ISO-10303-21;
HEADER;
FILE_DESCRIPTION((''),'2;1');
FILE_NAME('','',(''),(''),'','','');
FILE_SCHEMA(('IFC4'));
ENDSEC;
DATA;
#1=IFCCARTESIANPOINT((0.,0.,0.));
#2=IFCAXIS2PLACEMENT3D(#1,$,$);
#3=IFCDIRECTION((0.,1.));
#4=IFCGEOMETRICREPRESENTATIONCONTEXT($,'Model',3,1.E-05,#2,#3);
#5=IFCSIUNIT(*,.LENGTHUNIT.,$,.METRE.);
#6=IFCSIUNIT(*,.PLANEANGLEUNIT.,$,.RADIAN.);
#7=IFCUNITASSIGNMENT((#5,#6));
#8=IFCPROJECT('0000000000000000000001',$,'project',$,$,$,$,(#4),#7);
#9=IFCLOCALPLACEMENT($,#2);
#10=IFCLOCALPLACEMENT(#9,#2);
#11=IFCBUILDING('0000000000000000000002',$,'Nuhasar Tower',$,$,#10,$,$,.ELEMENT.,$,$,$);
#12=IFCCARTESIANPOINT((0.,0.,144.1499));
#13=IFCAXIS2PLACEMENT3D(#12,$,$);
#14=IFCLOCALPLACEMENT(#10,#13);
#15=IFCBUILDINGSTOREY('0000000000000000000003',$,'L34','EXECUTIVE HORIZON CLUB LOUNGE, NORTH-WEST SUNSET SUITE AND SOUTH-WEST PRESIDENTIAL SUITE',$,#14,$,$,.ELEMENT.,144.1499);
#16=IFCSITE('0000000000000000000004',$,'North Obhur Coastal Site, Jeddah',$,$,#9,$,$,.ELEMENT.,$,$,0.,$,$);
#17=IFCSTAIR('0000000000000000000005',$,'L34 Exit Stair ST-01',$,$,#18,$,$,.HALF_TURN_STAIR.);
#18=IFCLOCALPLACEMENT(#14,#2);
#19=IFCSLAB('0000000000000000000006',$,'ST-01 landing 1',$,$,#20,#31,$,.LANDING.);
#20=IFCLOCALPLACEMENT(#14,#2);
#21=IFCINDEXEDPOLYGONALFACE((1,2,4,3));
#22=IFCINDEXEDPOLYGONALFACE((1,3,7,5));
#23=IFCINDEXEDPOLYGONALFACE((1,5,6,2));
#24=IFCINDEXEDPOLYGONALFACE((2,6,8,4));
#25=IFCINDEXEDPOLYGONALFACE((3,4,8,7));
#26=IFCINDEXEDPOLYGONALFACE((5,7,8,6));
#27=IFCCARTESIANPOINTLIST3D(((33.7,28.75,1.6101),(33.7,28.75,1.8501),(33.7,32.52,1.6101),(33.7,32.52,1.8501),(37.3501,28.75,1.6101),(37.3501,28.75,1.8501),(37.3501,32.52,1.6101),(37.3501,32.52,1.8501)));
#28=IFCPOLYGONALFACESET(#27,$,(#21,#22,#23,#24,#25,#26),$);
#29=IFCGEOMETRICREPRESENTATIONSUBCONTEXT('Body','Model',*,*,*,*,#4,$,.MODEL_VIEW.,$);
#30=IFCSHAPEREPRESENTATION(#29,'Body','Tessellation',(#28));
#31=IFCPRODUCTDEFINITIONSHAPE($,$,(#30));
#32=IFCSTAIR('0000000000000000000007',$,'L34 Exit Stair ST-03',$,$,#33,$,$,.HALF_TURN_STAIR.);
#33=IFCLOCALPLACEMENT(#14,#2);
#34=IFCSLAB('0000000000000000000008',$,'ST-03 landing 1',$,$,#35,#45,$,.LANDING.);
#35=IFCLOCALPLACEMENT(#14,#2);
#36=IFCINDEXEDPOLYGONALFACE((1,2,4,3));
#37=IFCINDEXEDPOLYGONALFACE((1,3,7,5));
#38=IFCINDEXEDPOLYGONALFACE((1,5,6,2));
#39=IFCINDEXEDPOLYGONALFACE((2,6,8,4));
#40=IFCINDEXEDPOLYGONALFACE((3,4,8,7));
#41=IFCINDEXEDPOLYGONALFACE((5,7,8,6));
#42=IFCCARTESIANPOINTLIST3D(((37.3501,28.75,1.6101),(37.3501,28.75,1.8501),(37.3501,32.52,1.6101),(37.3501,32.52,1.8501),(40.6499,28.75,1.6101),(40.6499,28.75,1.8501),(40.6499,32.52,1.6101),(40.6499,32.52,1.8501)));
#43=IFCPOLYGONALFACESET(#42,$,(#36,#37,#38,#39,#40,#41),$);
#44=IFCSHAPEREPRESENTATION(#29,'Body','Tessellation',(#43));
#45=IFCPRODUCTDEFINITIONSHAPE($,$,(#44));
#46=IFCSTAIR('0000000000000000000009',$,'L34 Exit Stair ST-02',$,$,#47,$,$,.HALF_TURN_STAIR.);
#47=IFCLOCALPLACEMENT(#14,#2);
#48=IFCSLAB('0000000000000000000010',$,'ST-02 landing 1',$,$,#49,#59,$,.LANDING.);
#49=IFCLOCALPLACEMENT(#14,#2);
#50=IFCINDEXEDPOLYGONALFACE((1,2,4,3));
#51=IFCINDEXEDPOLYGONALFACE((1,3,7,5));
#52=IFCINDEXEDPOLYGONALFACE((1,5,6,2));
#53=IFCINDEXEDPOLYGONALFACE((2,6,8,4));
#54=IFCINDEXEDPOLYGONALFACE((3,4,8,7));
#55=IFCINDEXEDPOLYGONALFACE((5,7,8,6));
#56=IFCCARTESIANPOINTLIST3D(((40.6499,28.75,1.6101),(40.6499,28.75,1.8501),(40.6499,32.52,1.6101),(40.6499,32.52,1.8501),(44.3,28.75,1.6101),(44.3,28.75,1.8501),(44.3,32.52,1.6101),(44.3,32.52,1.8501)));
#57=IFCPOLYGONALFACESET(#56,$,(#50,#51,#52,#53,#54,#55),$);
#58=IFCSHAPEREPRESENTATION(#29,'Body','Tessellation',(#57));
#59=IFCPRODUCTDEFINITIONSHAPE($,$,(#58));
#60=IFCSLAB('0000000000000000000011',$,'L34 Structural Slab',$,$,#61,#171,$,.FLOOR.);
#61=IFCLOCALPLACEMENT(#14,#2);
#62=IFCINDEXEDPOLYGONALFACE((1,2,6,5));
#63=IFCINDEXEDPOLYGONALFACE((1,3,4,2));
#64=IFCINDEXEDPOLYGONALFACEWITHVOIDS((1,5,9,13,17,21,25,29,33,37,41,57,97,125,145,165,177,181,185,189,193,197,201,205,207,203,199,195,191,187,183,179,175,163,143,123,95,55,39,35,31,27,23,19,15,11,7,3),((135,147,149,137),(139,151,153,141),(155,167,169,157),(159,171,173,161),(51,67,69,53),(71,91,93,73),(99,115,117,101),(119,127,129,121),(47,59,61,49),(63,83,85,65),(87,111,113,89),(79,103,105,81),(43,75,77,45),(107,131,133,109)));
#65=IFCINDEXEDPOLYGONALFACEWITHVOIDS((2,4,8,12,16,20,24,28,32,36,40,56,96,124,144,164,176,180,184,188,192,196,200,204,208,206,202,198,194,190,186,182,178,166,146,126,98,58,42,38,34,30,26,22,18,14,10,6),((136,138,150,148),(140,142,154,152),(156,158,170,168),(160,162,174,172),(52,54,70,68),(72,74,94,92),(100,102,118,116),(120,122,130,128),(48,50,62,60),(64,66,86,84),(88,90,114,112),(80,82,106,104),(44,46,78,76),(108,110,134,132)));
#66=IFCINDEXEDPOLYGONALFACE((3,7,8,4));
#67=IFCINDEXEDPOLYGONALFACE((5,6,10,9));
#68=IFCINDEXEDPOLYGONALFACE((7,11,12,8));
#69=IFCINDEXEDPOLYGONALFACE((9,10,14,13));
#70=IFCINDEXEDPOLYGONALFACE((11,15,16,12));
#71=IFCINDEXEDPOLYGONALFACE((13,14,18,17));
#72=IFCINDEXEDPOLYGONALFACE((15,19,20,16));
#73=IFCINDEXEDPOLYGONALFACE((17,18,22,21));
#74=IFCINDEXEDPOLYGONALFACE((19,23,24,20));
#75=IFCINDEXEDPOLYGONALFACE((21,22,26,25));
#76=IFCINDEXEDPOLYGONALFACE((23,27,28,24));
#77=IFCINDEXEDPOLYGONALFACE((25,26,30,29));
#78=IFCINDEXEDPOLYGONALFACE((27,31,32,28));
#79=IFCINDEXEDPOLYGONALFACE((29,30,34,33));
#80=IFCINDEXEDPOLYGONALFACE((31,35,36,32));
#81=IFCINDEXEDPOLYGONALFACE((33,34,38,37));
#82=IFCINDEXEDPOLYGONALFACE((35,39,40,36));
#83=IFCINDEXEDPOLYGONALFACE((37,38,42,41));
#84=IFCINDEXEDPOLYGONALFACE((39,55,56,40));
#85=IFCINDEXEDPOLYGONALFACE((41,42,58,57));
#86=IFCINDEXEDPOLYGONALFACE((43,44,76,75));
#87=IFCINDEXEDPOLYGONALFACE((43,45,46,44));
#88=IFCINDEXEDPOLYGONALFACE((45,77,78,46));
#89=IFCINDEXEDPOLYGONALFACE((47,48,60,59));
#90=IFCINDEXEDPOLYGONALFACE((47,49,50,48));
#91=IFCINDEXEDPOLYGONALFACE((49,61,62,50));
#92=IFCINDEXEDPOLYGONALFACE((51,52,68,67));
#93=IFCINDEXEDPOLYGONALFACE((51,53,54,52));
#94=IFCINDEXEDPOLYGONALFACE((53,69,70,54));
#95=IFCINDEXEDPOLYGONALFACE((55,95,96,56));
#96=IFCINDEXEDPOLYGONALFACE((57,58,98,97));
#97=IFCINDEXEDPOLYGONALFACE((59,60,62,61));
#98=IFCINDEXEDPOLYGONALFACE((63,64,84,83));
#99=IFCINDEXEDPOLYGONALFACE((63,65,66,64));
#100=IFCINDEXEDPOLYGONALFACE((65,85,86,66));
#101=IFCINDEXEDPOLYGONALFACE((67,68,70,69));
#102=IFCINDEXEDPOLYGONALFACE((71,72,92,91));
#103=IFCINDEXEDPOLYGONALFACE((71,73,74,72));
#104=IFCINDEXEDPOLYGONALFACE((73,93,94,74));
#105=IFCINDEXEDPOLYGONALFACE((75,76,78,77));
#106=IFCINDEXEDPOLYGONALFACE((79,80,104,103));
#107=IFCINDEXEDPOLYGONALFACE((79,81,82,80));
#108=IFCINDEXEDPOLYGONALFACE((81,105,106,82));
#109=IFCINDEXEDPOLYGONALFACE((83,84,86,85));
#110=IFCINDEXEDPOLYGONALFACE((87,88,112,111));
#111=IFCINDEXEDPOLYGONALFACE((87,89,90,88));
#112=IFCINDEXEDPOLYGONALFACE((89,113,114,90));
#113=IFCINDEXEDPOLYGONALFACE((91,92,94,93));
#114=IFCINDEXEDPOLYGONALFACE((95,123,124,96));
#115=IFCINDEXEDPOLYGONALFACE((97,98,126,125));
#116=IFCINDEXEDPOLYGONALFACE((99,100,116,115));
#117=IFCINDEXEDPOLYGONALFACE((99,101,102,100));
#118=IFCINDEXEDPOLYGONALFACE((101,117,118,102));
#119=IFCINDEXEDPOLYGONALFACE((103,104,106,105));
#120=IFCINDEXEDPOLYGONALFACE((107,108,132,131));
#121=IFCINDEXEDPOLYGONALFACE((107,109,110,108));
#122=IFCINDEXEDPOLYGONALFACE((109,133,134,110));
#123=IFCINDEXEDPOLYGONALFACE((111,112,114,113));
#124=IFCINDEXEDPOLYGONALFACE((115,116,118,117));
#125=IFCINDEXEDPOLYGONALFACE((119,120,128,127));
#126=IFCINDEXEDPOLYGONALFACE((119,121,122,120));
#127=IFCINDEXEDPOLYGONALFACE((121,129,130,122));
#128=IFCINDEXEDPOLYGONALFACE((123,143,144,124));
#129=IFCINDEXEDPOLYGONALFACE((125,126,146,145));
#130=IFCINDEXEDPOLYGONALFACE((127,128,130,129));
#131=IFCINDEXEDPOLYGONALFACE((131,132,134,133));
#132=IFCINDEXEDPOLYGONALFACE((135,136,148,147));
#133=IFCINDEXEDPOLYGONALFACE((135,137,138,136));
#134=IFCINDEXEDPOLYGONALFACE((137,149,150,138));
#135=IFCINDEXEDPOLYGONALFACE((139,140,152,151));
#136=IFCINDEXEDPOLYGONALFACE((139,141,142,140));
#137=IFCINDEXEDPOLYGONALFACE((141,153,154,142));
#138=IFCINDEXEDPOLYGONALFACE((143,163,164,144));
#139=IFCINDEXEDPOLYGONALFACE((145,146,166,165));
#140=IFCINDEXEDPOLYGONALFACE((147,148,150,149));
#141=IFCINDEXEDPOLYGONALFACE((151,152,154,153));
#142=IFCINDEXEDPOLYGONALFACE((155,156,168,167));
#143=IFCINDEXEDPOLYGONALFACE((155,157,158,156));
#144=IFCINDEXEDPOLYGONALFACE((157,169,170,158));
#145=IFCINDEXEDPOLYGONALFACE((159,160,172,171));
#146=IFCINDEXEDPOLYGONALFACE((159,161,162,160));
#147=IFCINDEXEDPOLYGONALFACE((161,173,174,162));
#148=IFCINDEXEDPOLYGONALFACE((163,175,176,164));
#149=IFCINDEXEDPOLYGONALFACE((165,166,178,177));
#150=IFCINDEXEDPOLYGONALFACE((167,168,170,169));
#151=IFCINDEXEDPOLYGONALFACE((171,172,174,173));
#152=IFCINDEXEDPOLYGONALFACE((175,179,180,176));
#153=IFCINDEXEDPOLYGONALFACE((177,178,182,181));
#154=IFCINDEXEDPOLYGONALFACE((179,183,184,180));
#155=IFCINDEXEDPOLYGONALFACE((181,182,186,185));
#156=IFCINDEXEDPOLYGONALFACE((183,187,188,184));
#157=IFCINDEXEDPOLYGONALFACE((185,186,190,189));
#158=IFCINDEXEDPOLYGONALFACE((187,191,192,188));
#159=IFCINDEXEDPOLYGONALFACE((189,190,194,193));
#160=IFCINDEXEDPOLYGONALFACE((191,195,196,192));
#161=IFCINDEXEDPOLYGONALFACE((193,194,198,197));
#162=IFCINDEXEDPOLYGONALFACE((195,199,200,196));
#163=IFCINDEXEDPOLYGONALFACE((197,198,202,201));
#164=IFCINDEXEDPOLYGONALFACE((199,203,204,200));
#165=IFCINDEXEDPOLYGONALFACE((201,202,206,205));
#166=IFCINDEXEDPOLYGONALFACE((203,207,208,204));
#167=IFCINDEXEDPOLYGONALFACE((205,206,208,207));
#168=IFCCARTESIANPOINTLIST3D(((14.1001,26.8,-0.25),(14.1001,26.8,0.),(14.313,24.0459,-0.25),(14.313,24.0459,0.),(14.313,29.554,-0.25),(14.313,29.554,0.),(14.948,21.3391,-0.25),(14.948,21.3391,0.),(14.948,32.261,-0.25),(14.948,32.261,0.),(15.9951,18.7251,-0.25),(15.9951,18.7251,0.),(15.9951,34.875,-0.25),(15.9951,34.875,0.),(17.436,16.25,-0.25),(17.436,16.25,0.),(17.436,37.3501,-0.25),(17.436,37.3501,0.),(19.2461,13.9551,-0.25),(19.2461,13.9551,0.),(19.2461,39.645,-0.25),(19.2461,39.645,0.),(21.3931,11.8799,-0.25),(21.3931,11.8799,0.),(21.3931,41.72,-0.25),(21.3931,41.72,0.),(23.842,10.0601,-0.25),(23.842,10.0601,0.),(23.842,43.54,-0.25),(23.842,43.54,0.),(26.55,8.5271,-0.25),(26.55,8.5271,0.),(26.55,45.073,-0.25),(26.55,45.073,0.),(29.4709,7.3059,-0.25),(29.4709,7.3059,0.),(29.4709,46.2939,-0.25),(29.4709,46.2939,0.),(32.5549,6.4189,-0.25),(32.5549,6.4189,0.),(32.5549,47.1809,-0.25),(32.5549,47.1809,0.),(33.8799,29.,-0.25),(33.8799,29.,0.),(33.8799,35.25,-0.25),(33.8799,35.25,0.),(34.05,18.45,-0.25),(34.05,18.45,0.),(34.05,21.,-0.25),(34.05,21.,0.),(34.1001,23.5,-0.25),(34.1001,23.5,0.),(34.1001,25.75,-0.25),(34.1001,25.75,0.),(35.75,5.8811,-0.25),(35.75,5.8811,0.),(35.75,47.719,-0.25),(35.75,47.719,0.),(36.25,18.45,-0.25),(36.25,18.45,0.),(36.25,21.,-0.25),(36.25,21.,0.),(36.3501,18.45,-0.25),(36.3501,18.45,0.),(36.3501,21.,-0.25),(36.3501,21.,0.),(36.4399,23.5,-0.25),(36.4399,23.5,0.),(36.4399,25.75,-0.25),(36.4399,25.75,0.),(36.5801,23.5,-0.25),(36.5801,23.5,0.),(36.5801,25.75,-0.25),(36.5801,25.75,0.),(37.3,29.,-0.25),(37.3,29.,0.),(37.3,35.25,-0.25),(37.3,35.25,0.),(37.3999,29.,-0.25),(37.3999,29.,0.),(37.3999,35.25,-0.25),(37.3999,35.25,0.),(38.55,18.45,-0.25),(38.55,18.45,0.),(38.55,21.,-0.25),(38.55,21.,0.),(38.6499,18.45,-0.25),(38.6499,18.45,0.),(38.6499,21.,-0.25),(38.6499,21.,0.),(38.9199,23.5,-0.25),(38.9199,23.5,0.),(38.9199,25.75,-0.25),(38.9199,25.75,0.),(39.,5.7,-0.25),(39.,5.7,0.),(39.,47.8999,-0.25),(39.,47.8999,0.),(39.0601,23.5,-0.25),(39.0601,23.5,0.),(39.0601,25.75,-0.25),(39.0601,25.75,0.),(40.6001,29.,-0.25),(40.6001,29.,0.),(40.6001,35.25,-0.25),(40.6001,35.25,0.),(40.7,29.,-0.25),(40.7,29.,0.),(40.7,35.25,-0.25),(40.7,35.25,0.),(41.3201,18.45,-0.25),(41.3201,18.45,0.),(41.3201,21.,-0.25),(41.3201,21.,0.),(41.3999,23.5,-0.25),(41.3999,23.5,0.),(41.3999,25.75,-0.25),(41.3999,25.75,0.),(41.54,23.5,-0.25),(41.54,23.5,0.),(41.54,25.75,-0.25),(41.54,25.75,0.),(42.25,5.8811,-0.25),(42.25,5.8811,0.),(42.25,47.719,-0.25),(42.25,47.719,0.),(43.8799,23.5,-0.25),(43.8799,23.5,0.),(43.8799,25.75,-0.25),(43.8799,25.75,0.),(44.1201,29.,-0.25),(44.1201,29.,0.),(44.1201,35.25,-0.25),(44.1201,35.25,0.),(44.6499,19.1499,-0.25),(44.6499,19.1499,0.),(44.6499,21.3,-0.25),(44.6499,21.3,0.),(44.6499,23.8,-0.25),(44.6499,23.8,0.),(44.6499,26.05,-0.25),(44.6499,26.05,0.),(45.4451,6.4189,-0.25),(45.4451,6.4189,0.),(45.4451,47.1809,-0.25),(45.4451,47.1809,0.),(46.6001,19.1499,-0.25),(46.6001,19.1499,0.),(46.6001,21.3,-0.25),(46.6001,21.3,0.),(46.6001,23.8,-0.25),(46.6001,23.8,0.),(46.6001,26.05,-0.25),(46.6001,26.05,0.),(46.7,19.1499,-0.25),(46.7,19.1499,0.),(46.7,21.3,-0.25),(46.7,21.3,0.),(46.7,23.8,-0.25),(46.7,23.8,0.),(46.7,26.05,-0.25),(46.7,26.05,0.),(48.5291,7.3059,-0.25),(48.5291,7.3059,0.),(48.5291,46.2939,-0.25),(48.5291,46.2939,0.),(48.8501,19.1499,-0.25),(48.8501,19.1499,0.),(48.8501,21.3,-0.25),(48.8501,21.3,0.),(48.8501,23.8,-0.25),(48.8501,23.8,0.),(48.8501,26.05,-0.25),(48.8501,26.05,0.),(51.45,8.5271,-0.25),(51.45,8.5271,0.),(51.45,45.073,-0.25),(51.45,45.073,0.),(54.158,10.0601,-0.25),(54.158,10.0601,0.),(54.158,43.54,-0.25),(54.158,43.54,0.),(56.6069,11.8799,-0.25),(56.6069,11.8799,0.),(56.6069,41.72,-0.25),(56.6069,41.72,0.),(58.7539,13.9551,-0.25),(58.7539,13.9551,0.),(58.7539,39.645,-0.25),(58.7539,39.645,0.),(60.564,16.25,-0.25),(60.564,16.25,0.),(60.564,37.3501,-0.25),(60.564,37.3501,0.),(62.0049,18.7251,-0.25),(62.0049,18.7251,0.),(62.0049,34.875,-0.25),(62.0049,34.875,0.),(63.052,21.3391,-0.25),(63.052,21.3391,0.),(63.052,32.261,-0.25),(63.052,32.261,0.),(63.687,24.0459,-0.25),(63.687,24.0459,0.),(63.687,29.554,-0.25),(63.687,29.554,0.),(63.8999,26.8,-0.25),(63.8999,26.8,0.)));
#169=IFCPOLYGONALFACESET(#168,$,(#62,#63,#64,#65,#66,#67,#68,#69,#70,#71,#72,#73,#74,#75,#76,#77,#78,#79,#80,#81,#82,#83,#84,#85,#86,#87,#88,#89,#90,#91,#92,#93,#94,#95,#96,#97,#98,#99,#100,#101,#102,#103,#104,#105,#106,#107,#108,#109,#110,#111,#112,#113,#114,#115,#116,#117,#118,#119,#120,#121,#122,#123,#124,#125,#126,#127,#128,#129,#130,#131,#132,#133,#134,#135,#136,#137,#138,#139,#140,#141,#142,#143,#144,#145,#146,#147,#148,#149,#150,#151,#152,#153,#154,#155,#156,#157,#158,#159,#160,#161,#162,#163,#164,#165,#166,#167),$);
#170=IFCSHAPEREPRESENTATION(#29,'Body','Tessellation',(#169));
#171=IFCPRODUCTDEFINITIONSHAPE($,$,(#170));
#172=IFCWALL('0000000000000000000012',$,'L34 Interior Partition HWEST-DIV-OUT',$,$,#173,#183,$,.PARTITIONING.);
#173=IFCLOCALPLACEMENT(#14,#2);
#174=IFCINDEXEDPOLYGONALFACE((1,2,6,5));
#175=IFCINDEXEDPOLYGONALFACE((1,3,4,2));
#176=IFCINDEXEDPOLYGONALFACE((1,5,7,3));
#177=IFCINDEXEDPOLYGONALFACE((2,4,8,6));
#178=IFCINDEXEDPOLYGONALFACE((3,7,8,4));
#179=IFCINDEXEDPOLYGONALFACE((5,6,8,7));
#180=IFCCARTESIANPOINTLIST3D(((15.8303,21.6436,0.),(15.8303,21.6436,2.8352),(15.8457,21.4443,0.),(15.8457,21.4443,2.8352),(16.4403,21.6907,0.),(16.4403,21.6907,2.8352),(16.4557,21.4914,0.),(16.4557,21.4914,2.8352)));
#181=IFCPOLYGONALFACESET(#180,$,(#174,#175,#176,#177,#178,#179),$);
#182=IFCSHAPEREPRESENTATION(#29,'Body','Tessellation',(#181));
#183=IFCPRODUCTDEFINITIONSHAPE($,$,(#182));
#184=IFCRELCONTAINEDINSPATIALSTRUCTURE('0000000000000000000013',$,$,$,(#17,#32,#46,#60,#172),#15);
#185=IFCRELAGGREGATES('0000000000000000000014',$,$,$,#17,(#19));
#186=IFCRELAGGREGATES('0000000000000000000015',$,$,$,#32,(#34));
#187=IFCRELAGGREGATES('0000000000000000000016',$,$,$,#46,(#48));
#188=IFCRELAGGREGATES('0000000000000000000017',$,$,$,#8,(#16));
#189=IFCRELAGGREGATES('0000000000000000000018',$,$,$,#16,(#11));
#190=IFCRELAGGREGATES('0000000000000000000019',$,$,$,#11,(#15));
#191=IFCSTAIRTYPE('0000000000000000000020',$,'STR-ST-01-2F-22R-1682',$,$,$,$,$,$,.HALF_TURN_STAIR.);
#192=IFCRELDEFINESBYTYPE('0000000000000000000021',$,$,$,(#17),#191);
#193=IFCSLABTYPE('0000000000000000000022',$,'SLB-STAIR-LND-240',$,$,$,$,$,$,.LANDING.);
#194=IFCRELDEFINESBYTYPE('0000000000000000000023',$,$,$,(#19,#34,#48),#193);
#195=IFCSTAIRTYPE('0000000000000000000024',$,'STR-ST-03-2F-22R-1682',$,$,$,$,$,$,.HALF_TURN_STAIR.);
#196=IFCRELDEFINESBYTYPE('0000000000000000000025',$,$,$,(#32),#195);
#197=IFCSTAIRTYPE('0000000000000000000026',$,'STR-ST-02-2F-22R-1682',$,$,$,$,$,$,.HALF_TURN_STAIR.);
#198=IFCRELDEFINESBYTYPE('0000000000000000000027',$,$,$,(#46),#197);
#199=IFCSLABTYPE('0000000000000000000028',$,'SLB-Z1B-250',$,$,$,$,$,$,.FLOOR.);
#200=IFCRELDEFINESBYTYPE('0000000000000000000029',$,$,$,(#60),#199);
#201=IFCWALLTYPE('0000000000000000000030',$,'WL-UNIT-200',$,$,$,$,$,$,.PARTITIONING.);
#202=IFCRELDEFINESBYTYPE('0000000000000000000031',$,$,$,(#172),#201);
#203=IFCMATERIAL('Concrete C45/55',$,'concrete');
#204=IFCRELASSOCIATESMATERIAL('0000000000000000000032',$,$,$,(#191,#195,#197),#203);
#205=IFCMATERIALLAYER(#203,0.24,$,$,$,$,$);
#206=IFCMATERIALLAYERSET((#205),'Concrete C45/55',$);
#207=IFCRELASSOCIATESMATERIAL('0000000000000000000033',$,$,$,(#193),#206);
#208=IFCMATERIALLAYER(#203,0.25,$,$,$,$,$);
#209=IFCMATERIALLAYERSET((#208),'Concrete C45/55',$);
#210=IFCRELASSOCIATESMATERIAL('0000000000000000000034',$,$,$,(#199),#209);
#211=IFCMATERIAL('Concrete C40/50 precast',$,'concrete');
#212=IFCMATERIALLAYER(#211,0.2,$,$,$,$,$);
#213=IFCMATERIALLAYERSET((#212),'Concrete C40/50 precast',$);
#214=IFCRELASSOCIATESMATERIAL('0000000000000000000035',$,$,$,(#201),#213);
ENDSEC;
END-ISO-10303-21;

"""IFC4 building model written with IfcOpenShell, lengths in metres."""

from ifc_helpers import new_model, si_unit, direction, frame, frame_2d, origin, place, context, subcontext, project, spatial, polyline, rectangle, outline, extrude, material, layer, layer_set, type_object, element, aggregate, save


model = new_model("IFC4")

# Units and contexts
model_context = context("Model", 3, precision=1e-05, world=origin(), true_north=direction((0.0, 1.0)))
body_context = subcontext(model_context, "Body", "Model", "MODEL_VIEW")
ifc_project = project(units=[si_unit("LENGTHUNIT", "METRE"), si_unit("PLANEANGLEUNIT", "RADIAN")], contexts=[model_context])

# Site, building, storey
site_placement = place(None, origin())
site = spatial("IfcSite", under=ifc_project, at=site_placement, Name="North Obhur Coastal Site, Jeddah", CompositionType="ELEMENT", RefElevation=0.0)
building_placement = place(site_placement, origin())
building = spatial("IfcBuilding", under=site, at=building_placement, Name="Nuhasar Tower", CompositionType="ELEMENT")
storey_placement = place(building_placement, frame((0.0, 0.0, 144.1499)))
storey = spatial("IfcBuildingStorey", under=building, at=storey_placement, Name="L34", Description="EXECUTIVE HORIZON CLUB LOUNGE, NORTH-WEST SUNSET SUITE AND SOUTH-WEST PRESIDENTIAL SUITE", CompositionType="ELEMENT", Elevation=144.1499)

# Stairs, slabs
ifc_material_1 = material(Name="Concrete C45/55", Category="concrete")
stair_type_1 = type_object("IfcStairType", Name="STR-ST-01-2F-22R-1682", PredefinedType="HALF_TURN_STAIR", material=ifc_material_1)
stair_1_placement = place(storey_placement, origin())
stair_1 = element("IfcStair", 1, at=stair_1_placement, inside=storey, type_object=stair_type_1, Name="L34 Exit Stair ST-01", PredefinedType="HALF_TURN_STAIR")
ifc_layer_1 = layer(ifc_material_1, 0.24)
ifc_layer_set_1 = layer_set([ifc_layer_1], Name="Concrete C45/55")
slab_type_1 = type_object("IfcSlabType", Name="SLB-STAIR-LND-240", PredefinedType="LANDING", material=ifc_layer_set_1)
slab_1_placement = place(storey_placement, frame((0.0, 0.0, 1.6101)))
slab_1 = element("IfcSlab", 2, at=slab_1_placement, type_object=slab_type_1, Name="ST-01 landing 1", PredefinedType="LANDING", context=body_context, shape_type="SweptSolid", body=[
    extrude(outline(polyline([(33.7, 28.75), (37.3501, 28.75), (37.3501, 32.52), (33.7, 32.52), (33.7, 28.75)])), origin(), (0.0, 0.0, 1.0), 0.24),
])
aggregate(stair_1, [slab_1])
stair_type_2 = type_object("IfcStairType", Name="STR-ST-03-2F-22R-1682", PredefinedType="HALF_TURN_STAIR", material=ifc_material_1)
stair_2_placement = place(storey_placement, origin())
stair_2 = element("IfcStair", 3, at=stair_2_placement, inside=storey, type_object=stair_type_2, Name="L34 Exit Stair ST-03", PredefinedType="HALF_TURN_STAIR")
slab_2_placement = place(storey_placement, frame((0.0, 0.0, 1.6101)))
slab_2 = element("IfcSlab", 4, at=slab_2_placement, type_object=slab_type_1, Name="ST-03 landing 1", PredefinedType="LANDING", context=body_context, shape_type="SweptSolid", body=[
    extrude(outline(polyline([(37.3501, 28.75), (40.6499, 28.75), (40.6499, 32.52), (37.3501, 32.52), (37.3501, 28.75)])), origin(), (0.0, 0.0, 1.0), 0.24),
])
aggregate(stair_2, [slab_2])
stair_type_3 = type_object("IfcStairType", Name="STR-ST-02-2F-22R-1682", PredefinedType="HALF_TURN_STAIR", material=ifc_material_1)
stair_3_placement = place(storey_placement, origin())
stair_3 = element("IfcStair", 5, at=stair_3_placement, inside=storey, type_object=stair_type_3, Name="L34 Exit Stair ST-02", PredefinedType="HALF_TURN_STAIR")
slab_3_placement = place(storey_placement, frame((0.0, 0.0, 1.6101)))
slab_3 = element("IfcSlab", 6, at=slab_3_placement, type_object=slab_type_1, Name="ST-02 landing 1", PredefinedType="LANDING", context=body_context, shape_type="SweptSolid", body=[
    extrude(outline(polyline([(40.6499, 28.75), (44.3, 28.75), (44.3, 32.52), (40.6499, 32.52), (40.6499, 28.75)])), origin(), (0.0, 0.0, 1.0), 0.24),
])
aggregate(stair_3, [slab_3])

# Slab
ifc_layer_2 = layer(ifc_material_1, 0.25)
ifc_layer_set_2 = layer_set([ifc_layer_2], Name="Concrete C45/55")
slab_type_2 = type_object("IfcSlabType", Name="SLB-Z1B-250", PredefinedType="FLOOR", material=ifc_layer_set_2)
slab_4_placement = place(storey_placement, frame((0.0, 0.0, -0.25)))
element("IfcSlab", 7, at=slab_4_placement, inside=storey, type_object=slab_type_2, Name="L34 Structural Slab", PredefinedType="FLOOR", context=body_context, shape_type="SweptSolid", body=[
    extrude(outline(polyline([(63.8999, 26.8), (63.687, 29.554), (63.052, 32.261), (62.0049, 34.875), (60.564, 37.3501), (58.7539, 39.645), (56.6069, 41.72), (54.158, 43.54), (51.45, 45.073), (48.5291, 46.2939), (45.4451, 47.1809), (42.25, 47.719), (39.0, 47.8999), (35.75, 47.719), (32.5549, 47.1809), (29.4709, 46.2939), (26.55, 45.073), (23.842, 43.54), (21.3931, 41.72), (19.2461, 39.645), (17.436, 37.3501), (15.9951, 34.875), (14.948, 32.261), (14.313, 29.554), (14.1001, 26.8), (14.313, 24.0459), (14.948, 21.3391), (15.9951, 18.7251), (17.436, 16.25), (19.2461, 13.9551), (21.3931, 11.8799), (23.842, 10.0601), (26.55, 8.5271), (29.4709, 7.3059), (32.5549, 6.4189), (35.75, 5.8811), (39.0, 5.7), (42.25, 5.8811), (45.4451, 6.4189), (48.5291, 7.3059), (51.45, 8.5271), (54.158, 10.0601), (56.6069, 11.8799), (58.7539, 13.9551), (60.564, 16.25), (62.0049, 18.7251), (63.052, 21.3391), (63.687, 24.0459), (63.8999, 26.8)]), holes=[polyline([(33.8799, 35.25), (37.3, 35.25), (37.3, 29.0), (33.8799, 29.0), (33.8799, 35.25)]), polyline([(37.3999, 35.25), (40.6001, 35.25), (40.6001, 29.0), (37.3999, 29.0), (37.3999, 35.25)]), polyline([(40.7, 35.25), (44.1201, 35.25), (44.1201, 29.0), (40.7, 29.0), (40.7, 35.25)]), polyline([(44.6499, 26.05), (46.6001, 26.05), (46.6001, 23.8), (44.6499, 23.8), (44.6499, 26.05)]), polyline([(46.7, 26.05), (48.8501, 26.05), (48.8501, 23.8), (46.7, 23.8), (46.7, 26.05)]), polyline([(44.6499, 21.3), (46.6001, 21.3), (46.6001, 19.1499), (44.6499, 19.1499), (44.6499, 21.3)]), polyline([(46.7, 21.3), (48.8501, 21.3), (48.8501, 19.1499), (46.7, 19.1499), (46.7, 21.3)]), polyline([(34.1001, 25.75), (36.4399, 25.75), (36.4399, 23.5), (34.1001, 23.5), (34.1001, 25.75)]), polyline([(36.5801, 25.75), (38.9199, 25.75), (38.9199, 23.5), (36.5801, 23.5), (36.5801, 25.75)]), polyline([(39.0601, 25.75), (41.3999, 25.75), (41.3999, 23.5), (39.0601, 23.5), (39.0601, 25.75)]), polyline([(41.54, 25.75), (43.8799, 25.75), (43.8799, 23.5), (41.54, 23.5), (41.54, 25.75)]), polyline([(34.05, 21.0), (36.25, 21.0), (36.25, 18.45), (34.05, 18.45), (34.05, 21.0)]), polyline([(36.3501, 21.0), (38.55, 21.0), (38.55, 18.45), (36.3501, 18.45), (36.3501, 21.0)]), polyline([(38.6499, 21.0), (41.3201, 21.0), (41.3201, 18.45), (38.6499, 18.45), (38.6499, 21.0)])]), origin(), (0.0, 0.0, 1.0), 0.25),
])

# Wall
ifc_material_2 = material(Name="Concrete C40/50 precast", Category="concrete")
ifc_layer_3 = layer(ifc_material_2, 0.2)
ifc_layer_set_3 = layer_set([ifc_layer_3], Name="Concrete C40/50 precast")
wall_type = type_object("IfcWallType", Name="WL-UNIT-200", PredefinedType="PARTITIONING", material=ifc_layer_set_3)
wall_placement = place(storey_placement, frame((16.448, 21.5911, 0.0), z_axis=(0.0, 0.0, 1.0), x_axis=(-0.997031, -0.077002, 0.0)))
element("IfcWall", 8, at=wall_placement, inside=storey, type_object=wall_type, Name="L34 Interior Partition HWEST-DIV-OUT", PredefinedType="PARTITIONING", context=body_context, shape_type="SweptSolid", body=[
    extrude(rectangle(XDim=0.6118, YDim=0.2, at=frame_2d((0.3059, 0.0))), origin(), (0.0, 0.0, 1.0), 2.8352),
])

save(model, "model.ifc")
